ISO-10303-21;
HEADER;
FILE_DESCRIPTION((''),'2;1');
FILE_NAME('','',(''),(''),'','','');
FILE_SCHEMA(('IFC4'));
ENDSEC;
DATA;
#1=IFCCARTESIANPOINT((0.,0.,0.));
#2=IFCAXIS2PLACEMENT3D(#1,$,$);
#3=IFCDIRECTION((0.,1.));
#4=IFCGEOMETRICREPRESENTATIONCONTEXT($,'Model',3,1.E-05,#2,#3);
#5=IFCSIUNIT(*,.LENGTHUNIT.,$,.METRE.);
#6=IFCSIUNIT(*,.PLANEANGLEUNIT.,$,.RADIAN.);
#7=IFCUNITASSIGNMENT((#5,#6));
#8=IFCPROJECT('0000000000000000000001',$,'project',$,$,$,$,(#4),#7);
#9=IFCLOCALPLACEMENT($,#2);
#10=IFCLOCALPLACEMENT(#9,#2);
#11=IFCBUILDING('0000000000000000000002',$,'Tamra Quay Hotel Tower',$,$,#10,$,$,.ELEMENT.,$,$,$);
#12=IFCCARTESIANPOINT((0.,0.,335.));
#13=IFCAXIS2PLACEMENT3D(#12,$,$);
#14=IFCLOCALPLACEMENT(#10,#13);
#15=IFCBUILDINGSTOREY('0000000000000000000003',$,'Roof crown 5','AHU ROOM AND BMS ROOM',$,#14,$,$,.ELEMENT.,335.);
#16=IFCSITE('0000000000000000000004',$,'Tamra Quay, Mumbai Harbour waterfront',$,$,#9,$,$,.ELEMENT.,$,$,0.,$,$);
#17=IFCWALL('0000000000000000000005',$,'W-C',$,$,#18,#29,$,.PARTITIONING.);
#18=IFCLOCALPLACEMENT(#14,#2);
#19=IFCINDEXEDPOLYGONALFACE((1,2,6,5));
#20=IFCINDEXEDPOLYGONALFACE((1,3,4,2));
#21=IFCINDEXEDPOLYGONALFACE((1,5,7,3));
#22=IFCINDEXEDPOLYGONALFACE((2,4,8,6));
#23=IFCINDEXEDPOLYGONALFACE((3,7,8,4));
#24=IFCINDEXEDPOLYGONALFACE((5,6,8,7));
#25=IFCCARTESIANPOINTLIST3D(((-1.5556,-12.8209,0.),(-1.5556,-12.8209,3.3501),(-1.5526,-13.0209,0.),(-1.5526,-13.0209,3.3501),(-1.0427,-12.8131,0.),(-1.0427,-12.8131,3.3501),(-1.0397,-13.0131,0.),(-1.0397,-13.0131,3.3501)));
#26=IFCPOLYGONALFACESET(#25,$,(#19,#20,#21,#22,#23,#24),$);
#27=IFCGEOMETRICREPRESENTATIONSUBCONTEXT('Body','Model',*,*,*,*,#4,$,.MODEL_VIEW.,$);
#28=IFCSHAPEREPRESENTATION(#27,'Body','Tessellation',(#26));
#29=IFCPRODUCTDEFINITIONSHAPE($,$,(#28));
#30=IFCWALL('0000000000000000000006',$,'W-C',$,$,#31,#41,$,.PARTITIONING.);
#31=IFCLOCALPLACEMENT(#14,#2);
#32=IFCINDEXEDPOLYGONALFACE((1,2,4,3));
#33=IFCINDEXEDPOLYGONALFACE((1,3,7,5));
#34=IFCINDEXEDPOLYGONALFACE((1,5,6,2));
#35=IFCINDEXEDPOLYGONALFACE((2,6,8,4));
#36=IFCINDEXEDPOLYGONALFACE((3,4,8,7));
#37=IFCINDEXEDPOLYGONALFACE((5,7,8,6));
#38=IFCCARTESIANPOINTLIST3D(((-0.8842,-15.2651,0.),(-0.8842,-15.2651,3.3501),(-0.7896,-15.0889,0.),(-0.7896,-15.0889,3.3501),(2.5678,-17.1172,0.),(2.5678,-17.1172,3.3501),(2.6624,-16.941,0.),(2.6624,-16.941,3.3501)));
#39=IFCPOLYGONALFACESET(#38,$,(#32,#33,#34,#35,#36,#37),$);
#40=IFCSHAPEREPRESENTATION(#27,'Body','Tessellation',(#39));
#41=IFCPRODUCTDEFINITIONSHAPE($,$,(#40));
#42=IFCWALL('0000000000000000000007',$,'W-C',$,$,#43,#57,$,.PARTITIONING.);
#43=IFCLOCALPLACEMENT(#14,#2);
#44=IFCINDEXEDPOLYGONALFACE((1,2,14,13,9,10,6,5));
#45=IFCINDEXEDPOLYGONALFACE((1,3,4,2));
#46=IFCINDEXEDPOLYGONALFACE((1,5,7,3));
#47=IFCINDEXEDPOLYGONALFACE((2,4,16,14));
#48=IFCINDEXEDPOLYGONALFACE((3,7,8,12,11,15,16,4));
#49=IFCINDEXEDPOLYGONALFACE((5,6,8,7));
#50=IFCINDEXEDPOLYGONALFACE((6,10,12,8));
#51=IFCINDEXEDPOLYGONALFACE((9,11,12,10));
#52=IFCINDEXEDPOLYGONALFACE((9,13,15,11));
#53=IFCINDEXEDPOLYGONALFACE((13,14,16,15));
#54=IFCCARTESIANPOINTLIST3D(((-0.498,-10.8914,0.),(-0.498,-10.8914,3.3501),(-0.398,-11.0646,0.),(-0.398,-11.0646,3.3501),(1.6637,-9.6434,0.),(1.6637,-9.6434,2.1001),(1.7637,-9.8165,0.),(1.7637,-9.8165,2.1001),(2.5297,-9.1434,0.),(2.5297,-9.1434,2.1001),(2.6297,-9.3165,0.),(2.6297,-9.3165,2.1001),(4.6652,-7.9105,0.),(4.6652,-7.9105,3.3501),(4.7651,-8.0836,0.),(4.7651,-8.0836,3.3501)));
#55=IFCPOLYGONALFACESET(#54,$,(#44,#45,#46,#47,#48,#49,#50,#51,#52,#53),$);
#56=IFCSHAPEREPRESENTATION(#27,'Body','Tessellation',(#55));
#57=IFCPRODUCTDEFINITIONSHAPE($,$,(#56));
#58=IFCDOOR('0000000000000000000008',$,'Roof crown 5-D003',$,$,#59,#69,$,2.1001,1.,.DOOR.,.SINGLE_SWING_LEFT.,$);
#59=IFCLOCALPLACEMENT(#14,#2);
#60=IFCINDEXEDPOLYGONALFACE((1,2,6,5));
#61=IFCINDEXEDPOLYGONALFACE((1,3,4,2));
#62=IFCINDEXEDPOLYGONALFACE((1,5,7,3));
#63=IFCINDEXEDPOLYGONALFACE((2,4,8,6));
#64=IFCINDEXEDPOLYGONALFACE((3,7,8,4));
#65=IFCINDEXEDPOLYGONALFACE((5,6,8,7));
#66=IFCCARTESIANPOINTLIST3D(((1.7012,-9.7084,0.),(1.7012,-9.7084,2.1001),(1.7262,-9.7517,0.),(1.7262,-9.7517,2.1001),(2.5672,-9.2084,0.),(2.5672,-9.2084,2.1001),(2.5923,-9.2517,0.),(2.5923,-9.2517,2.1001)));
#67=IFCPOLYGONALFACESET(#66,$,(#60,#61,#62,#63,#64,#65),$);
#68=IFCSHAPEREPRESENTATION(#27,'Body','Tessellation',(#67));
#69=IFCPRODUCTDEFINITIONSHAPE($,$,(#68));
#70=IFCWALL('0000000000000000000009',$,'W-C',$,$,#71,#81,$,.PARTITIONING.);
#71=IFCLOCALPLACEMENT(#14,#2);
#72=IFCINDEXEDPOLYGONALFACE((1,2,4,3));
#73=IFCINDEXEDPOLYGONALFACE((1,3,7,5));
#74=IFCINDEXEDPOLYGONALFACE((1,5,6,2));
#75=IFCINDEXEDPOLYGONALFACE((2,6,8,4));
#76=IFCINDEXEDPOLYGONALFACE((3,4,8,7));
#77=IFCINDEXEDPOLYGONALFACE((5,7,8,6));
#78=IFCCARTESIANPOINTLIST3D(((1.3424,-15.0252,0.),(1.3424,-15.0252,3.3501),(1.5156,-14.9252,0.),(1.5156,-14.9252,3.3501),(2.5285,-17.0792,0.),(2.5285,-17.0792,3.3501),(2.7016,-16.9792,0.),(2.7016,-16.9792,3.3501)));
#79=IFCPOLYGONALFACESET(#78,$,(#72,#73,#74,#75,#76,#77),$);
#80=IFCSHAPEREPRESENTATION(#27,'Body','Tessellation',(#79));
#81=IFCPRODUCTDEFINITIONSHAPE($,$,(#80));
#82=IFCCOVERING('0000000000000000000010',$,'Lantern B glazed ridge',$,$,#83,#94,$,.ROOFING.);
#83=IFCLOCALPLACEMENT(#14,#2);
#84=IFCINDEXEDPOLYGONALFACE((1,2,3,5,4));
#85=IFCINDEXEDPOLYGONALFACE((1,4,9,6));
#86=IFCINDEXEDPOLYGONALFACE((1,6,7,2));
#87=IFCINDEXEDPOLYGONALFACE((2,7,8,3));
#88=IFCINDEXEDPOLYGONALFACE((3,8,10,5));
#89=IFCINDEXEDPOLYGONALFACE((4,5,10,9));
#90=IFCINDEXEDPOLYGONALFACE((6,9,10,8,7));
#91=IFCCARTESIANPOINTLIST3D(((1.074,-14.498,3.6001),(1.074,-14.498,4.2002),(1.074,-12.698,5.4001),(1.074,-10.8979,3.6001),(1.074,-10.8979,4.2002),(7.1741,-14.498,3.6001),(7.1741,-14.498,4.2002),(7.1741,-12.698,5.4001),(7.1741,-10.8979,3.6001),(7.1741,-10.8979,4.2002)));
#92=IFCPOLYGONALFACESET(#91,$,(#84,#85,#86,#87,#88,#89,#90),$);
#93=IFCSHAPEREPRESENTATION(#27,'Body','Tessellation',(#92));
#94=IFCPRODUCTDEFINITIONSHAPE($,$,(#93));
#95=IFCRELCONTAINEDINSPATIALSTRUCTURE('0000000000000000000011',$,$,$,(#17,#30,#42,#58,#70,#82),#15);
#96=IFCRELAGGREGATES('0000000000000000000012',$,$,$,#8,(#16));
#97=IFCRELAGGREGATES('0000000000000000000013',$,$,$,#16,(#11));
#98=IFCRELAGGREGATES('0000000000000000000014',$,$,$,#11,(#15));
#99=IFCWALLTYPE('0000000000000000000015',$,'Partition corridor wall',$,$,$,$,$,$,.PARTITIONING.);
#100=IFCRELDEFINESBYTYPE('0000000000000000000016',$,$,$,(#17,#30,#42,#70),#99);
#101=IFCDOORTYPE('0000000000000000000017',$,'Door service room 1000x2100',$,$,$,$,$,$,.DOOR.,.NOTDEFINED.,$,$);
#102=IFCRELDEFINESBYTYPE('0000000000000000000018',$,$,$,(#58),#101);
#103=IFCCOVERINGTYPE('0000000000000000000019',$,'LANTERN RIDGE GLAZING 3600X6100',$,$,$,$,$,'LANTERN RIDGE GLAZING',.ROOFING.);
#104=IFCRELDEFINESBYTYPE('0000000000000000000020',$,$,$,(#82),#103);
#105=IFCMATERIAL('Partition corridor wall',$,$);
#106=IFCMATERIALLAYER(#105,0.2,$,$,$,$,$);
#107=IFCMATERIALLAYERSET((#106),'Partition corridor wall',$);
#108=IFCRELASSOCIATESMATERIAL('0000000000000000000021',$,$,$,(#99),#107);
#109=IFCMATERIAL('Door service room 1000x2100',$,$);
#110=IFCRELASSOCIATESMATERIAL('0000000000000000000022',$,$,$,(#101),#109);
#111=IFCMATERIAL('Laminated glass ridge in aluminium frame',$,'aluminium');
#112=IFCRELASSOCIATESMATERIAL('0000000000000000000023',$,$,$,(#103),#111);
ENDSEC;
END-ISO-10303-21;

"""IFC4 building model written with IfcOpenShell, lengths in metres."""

from ifc_helpers import new_model, si_unit, direction, frame, frame_2d, origin, place, context, subcontext, project, spatial, polyline, rectangle, outline, extrude, source, transform, mapped, material, layer, layer_set, type_object, element, fill, save


model = new_model("IFC4")

# Units and contexts
model_context = context("Model", 3, precision=1e-05, world=origin(), true_north=direction((0.0, 1.0)))
body_context = subcontext(model_context, "Body", "Model", "MODEL_VIEW")
ifc_project = project(units=[si_unit("LENGTHUNIT", "METRE"), si_unit("PLANEANGLEUNIT", "RADIAN")], contexts=[model_context])

# Site, building, storey
site_placement = place(None, origin())
site = spatial("IfcSite", under=ifc_project, at=site_placement, Name="Tamra Quay, Mumbai Harbour waterfront", CompositionType="ELEMENT", RefElevation=0.0)
building_placement = place(site_placement, origin())
building = spatial("IfcBuilding", under=site, at=building_placement, Name="Tamra Quay Hotel Tower", CompositionType="ELEMENT")
storey_placement = place(building_placement, frame((0.0, 0.0, 335.0)))
storey = spatial("IfcBuildingStorey", under=building, at=storey_placement, Name="Roof crown 5", Description="AHU ROOM AND BMS ROOM", CompositionType="ELEMENT", Elevation=335.0)

# Shared definitions
ifc_material_1 = material(Name="Partition corridor wall")
ifc_layer_1 = layer(ifc_material_1, 0.2)
ifc_layer_set_1 = layer_set([ifc_layer_1], Name="Partition corridor wall")
wall_type_1 = type_object("IfcWallType", Name="Partition corridor wall", PredefinedType="PARTITIONING", material=ifc_layer_set_1)

# Shared definitions
ifc_material_2 = material(Name="Door service room 1000x2100")
door_type_1 = type_object("IfcDoorType", Name="Door service room 1000x2100", OperationType="NOTDEFINED", PredefinedType="DOOR", material=ifc_material_2)

# Walls
wall_1_placement = place(storey_placement, frame((-1.554, -12.9209, 0.0), z_axis=(0.0, 0.0, 1.0), x_axis=(0.999884, 0.015229, 0.0)))
element("IfcWall", 1, at=wall_1_placement, inside=storey, type_object=wall_type_1, Name="W-C", PredefinedType="PARTITIONING", context=body_context, shape_type="SweptSolid", body=[
    extrude(rectangle(XDim=0.5129, YDim=0.2, at=frame_2d((0.2563, 0.0))), origin(), (0.0, 0.0, 1.0), 3.3501),
])
wall_2_placement = place(storey_placement, frame((-0.8369, -15.177, 0.0), z_axis=(0.0, 0.0, 1.0), x_axis=(0.881181, -0.47278, 0.0)))
element("IfcWall", 2, at=wall_2_placement, inside=storey, type_object=wall_type_1, Name="W-C", PredefinedType="PARTITIONING", context=body_context, shape_type="SweptSolid", body=[
    extrude(rectangle(XDim=3.9175, YDim=0.2, at=frame_2d((1.9587, 0.0))), origin(), (0.0, 0.0, 1.0), 3.3501),
])

# Wall, opening, door
wall_3_placement = place(storey_placement, frame((-0.448, -10.978, 0.0), z_axis=(0.0, 0.0, 1.0), x_axis=(0.866022, 0.500006, 0.0)))
wall_3 = element("IfcWall", 3, at=wall_3_placement, inside=storey, type_object=wall_type_1, Name="W-C", PredefinedType="PARTITIONING", context=body_context, shape_type="SweptSolid", body=[
    extrude(rectangle(XDim=5.9619, YDim=0.2, at=frame_2d((2.981, 0.0))), origin(), (0.0, 0.0, 1.0), 3.3501),
])
opening_1_placement = place(wall_3_placement, frame((2.4961, 0.0, 0.0)))
opening_1 = element("IfcOpeningElement", 4, at=opening_1_placement, cuts=wall_3, PredefinedType="OPENING", context=body_context, shape_type="SweptSolid", body=[
    extrude(rectangle(XDim=1.0, YDim=2.1001, at=frame_2d((0.5, 1.05))), frame((0.0, 0.1099, 0.0), z_axis=(0.0, -1.0, 0.0), x_axis=(1.0, 0.0, 0.0)), (0.0, 0.0, 1.0), 0.22),
])
door_1_placement = place(opening_1_placement, origin())
door_1 = element("IfcDoor", 5, at=door_1_placement, inside=storey, type_object=door_type_1, Name="Roof crown 5-D003", OperationType="SINGLE_SWING_LEFT", OverallHeight=2.1001, OverallWidth=1.0, PredefinedType="DOOR", context=body_context, shape_type="SweptSolid", body=[
    extrude(rectangle(XDim=1.0, YDim=2.1001, at=frame_2d((0.5, 1.05))), frame((0.0, 0.0249, 0.0), z_axis=(0.0, -1.0, 0.0), x_axis=(1.0, 0.0, 0.0)), (0.0, 0.0, 1.0), 0.05),
])
fill(opening_1, door_1)

# Wall
wall_4_placement = place(storey_placement, frame((1.429, -14.9751, 0.0), z_axis=(0.0, 0.0, 1.0), x_axis=(0.500058, -0.865992, 0.0)))
element("IfcWall", 6, at=wall_4_placement, inside=storey, type_object=wall_type_1, Name="W-C", PredefinedType="PARTITIONING", context=body_context, shape_type="SweptSolid", body=[
    extrude(rectangle(XDim=2.3718, YDim=0.2, at=frame_2d((1.186, 0.0))), origin(), (0.0, 0.0, 1.0), 3.3501),
])

# Covering
ifc_material_3 = material(Name="Laminated glass ridge in aluminium frame", Category="aluminium")
covering_type = type_object("IfcCoveringType", Name="LANTERN RIDGE GLAZING 3600X6100", ElementType="LANTERN RIDGE GLAZING", PredefinedType="ROOFING", material=ifc_material_3)
shared_shape = source(origin(), body_context, "Body", "SweptSolid", [
    extrude(outline(polyline([(-1.8, 0.0), (1.8, 0.0), (1.8, 0.6001), (0.0, 1.8), (-1.8, 0.6001), (-1.8, 0.0)])), frame((0.0, 0.0, 0.0), z_axis=(1.0, 0.0, 0.0), x_axis=(0.0, 1.0, 0.0)), (0.0, 0.0, 1.0), 6.1001),
])
covering_placement = place(storey_placement, frame((1.074, -12.698, 3.6001), z_axis=(0.0, 0.0, 1.0), x_axis=(1.0, 0.0, 0.0)))
element("IfcCovering", 7, at=covering_placement, inside=storey, type_object=covering_type, Name="Lantern B glazed ridge", PredefinedType="ROOFING", context=body_context, shape_type="MappedRepresentation", body=[
    mapped(shared_shape, transform((0.0, 0.0, 0.0), scale=1.0)),
])

save(model, "model.ifc")
